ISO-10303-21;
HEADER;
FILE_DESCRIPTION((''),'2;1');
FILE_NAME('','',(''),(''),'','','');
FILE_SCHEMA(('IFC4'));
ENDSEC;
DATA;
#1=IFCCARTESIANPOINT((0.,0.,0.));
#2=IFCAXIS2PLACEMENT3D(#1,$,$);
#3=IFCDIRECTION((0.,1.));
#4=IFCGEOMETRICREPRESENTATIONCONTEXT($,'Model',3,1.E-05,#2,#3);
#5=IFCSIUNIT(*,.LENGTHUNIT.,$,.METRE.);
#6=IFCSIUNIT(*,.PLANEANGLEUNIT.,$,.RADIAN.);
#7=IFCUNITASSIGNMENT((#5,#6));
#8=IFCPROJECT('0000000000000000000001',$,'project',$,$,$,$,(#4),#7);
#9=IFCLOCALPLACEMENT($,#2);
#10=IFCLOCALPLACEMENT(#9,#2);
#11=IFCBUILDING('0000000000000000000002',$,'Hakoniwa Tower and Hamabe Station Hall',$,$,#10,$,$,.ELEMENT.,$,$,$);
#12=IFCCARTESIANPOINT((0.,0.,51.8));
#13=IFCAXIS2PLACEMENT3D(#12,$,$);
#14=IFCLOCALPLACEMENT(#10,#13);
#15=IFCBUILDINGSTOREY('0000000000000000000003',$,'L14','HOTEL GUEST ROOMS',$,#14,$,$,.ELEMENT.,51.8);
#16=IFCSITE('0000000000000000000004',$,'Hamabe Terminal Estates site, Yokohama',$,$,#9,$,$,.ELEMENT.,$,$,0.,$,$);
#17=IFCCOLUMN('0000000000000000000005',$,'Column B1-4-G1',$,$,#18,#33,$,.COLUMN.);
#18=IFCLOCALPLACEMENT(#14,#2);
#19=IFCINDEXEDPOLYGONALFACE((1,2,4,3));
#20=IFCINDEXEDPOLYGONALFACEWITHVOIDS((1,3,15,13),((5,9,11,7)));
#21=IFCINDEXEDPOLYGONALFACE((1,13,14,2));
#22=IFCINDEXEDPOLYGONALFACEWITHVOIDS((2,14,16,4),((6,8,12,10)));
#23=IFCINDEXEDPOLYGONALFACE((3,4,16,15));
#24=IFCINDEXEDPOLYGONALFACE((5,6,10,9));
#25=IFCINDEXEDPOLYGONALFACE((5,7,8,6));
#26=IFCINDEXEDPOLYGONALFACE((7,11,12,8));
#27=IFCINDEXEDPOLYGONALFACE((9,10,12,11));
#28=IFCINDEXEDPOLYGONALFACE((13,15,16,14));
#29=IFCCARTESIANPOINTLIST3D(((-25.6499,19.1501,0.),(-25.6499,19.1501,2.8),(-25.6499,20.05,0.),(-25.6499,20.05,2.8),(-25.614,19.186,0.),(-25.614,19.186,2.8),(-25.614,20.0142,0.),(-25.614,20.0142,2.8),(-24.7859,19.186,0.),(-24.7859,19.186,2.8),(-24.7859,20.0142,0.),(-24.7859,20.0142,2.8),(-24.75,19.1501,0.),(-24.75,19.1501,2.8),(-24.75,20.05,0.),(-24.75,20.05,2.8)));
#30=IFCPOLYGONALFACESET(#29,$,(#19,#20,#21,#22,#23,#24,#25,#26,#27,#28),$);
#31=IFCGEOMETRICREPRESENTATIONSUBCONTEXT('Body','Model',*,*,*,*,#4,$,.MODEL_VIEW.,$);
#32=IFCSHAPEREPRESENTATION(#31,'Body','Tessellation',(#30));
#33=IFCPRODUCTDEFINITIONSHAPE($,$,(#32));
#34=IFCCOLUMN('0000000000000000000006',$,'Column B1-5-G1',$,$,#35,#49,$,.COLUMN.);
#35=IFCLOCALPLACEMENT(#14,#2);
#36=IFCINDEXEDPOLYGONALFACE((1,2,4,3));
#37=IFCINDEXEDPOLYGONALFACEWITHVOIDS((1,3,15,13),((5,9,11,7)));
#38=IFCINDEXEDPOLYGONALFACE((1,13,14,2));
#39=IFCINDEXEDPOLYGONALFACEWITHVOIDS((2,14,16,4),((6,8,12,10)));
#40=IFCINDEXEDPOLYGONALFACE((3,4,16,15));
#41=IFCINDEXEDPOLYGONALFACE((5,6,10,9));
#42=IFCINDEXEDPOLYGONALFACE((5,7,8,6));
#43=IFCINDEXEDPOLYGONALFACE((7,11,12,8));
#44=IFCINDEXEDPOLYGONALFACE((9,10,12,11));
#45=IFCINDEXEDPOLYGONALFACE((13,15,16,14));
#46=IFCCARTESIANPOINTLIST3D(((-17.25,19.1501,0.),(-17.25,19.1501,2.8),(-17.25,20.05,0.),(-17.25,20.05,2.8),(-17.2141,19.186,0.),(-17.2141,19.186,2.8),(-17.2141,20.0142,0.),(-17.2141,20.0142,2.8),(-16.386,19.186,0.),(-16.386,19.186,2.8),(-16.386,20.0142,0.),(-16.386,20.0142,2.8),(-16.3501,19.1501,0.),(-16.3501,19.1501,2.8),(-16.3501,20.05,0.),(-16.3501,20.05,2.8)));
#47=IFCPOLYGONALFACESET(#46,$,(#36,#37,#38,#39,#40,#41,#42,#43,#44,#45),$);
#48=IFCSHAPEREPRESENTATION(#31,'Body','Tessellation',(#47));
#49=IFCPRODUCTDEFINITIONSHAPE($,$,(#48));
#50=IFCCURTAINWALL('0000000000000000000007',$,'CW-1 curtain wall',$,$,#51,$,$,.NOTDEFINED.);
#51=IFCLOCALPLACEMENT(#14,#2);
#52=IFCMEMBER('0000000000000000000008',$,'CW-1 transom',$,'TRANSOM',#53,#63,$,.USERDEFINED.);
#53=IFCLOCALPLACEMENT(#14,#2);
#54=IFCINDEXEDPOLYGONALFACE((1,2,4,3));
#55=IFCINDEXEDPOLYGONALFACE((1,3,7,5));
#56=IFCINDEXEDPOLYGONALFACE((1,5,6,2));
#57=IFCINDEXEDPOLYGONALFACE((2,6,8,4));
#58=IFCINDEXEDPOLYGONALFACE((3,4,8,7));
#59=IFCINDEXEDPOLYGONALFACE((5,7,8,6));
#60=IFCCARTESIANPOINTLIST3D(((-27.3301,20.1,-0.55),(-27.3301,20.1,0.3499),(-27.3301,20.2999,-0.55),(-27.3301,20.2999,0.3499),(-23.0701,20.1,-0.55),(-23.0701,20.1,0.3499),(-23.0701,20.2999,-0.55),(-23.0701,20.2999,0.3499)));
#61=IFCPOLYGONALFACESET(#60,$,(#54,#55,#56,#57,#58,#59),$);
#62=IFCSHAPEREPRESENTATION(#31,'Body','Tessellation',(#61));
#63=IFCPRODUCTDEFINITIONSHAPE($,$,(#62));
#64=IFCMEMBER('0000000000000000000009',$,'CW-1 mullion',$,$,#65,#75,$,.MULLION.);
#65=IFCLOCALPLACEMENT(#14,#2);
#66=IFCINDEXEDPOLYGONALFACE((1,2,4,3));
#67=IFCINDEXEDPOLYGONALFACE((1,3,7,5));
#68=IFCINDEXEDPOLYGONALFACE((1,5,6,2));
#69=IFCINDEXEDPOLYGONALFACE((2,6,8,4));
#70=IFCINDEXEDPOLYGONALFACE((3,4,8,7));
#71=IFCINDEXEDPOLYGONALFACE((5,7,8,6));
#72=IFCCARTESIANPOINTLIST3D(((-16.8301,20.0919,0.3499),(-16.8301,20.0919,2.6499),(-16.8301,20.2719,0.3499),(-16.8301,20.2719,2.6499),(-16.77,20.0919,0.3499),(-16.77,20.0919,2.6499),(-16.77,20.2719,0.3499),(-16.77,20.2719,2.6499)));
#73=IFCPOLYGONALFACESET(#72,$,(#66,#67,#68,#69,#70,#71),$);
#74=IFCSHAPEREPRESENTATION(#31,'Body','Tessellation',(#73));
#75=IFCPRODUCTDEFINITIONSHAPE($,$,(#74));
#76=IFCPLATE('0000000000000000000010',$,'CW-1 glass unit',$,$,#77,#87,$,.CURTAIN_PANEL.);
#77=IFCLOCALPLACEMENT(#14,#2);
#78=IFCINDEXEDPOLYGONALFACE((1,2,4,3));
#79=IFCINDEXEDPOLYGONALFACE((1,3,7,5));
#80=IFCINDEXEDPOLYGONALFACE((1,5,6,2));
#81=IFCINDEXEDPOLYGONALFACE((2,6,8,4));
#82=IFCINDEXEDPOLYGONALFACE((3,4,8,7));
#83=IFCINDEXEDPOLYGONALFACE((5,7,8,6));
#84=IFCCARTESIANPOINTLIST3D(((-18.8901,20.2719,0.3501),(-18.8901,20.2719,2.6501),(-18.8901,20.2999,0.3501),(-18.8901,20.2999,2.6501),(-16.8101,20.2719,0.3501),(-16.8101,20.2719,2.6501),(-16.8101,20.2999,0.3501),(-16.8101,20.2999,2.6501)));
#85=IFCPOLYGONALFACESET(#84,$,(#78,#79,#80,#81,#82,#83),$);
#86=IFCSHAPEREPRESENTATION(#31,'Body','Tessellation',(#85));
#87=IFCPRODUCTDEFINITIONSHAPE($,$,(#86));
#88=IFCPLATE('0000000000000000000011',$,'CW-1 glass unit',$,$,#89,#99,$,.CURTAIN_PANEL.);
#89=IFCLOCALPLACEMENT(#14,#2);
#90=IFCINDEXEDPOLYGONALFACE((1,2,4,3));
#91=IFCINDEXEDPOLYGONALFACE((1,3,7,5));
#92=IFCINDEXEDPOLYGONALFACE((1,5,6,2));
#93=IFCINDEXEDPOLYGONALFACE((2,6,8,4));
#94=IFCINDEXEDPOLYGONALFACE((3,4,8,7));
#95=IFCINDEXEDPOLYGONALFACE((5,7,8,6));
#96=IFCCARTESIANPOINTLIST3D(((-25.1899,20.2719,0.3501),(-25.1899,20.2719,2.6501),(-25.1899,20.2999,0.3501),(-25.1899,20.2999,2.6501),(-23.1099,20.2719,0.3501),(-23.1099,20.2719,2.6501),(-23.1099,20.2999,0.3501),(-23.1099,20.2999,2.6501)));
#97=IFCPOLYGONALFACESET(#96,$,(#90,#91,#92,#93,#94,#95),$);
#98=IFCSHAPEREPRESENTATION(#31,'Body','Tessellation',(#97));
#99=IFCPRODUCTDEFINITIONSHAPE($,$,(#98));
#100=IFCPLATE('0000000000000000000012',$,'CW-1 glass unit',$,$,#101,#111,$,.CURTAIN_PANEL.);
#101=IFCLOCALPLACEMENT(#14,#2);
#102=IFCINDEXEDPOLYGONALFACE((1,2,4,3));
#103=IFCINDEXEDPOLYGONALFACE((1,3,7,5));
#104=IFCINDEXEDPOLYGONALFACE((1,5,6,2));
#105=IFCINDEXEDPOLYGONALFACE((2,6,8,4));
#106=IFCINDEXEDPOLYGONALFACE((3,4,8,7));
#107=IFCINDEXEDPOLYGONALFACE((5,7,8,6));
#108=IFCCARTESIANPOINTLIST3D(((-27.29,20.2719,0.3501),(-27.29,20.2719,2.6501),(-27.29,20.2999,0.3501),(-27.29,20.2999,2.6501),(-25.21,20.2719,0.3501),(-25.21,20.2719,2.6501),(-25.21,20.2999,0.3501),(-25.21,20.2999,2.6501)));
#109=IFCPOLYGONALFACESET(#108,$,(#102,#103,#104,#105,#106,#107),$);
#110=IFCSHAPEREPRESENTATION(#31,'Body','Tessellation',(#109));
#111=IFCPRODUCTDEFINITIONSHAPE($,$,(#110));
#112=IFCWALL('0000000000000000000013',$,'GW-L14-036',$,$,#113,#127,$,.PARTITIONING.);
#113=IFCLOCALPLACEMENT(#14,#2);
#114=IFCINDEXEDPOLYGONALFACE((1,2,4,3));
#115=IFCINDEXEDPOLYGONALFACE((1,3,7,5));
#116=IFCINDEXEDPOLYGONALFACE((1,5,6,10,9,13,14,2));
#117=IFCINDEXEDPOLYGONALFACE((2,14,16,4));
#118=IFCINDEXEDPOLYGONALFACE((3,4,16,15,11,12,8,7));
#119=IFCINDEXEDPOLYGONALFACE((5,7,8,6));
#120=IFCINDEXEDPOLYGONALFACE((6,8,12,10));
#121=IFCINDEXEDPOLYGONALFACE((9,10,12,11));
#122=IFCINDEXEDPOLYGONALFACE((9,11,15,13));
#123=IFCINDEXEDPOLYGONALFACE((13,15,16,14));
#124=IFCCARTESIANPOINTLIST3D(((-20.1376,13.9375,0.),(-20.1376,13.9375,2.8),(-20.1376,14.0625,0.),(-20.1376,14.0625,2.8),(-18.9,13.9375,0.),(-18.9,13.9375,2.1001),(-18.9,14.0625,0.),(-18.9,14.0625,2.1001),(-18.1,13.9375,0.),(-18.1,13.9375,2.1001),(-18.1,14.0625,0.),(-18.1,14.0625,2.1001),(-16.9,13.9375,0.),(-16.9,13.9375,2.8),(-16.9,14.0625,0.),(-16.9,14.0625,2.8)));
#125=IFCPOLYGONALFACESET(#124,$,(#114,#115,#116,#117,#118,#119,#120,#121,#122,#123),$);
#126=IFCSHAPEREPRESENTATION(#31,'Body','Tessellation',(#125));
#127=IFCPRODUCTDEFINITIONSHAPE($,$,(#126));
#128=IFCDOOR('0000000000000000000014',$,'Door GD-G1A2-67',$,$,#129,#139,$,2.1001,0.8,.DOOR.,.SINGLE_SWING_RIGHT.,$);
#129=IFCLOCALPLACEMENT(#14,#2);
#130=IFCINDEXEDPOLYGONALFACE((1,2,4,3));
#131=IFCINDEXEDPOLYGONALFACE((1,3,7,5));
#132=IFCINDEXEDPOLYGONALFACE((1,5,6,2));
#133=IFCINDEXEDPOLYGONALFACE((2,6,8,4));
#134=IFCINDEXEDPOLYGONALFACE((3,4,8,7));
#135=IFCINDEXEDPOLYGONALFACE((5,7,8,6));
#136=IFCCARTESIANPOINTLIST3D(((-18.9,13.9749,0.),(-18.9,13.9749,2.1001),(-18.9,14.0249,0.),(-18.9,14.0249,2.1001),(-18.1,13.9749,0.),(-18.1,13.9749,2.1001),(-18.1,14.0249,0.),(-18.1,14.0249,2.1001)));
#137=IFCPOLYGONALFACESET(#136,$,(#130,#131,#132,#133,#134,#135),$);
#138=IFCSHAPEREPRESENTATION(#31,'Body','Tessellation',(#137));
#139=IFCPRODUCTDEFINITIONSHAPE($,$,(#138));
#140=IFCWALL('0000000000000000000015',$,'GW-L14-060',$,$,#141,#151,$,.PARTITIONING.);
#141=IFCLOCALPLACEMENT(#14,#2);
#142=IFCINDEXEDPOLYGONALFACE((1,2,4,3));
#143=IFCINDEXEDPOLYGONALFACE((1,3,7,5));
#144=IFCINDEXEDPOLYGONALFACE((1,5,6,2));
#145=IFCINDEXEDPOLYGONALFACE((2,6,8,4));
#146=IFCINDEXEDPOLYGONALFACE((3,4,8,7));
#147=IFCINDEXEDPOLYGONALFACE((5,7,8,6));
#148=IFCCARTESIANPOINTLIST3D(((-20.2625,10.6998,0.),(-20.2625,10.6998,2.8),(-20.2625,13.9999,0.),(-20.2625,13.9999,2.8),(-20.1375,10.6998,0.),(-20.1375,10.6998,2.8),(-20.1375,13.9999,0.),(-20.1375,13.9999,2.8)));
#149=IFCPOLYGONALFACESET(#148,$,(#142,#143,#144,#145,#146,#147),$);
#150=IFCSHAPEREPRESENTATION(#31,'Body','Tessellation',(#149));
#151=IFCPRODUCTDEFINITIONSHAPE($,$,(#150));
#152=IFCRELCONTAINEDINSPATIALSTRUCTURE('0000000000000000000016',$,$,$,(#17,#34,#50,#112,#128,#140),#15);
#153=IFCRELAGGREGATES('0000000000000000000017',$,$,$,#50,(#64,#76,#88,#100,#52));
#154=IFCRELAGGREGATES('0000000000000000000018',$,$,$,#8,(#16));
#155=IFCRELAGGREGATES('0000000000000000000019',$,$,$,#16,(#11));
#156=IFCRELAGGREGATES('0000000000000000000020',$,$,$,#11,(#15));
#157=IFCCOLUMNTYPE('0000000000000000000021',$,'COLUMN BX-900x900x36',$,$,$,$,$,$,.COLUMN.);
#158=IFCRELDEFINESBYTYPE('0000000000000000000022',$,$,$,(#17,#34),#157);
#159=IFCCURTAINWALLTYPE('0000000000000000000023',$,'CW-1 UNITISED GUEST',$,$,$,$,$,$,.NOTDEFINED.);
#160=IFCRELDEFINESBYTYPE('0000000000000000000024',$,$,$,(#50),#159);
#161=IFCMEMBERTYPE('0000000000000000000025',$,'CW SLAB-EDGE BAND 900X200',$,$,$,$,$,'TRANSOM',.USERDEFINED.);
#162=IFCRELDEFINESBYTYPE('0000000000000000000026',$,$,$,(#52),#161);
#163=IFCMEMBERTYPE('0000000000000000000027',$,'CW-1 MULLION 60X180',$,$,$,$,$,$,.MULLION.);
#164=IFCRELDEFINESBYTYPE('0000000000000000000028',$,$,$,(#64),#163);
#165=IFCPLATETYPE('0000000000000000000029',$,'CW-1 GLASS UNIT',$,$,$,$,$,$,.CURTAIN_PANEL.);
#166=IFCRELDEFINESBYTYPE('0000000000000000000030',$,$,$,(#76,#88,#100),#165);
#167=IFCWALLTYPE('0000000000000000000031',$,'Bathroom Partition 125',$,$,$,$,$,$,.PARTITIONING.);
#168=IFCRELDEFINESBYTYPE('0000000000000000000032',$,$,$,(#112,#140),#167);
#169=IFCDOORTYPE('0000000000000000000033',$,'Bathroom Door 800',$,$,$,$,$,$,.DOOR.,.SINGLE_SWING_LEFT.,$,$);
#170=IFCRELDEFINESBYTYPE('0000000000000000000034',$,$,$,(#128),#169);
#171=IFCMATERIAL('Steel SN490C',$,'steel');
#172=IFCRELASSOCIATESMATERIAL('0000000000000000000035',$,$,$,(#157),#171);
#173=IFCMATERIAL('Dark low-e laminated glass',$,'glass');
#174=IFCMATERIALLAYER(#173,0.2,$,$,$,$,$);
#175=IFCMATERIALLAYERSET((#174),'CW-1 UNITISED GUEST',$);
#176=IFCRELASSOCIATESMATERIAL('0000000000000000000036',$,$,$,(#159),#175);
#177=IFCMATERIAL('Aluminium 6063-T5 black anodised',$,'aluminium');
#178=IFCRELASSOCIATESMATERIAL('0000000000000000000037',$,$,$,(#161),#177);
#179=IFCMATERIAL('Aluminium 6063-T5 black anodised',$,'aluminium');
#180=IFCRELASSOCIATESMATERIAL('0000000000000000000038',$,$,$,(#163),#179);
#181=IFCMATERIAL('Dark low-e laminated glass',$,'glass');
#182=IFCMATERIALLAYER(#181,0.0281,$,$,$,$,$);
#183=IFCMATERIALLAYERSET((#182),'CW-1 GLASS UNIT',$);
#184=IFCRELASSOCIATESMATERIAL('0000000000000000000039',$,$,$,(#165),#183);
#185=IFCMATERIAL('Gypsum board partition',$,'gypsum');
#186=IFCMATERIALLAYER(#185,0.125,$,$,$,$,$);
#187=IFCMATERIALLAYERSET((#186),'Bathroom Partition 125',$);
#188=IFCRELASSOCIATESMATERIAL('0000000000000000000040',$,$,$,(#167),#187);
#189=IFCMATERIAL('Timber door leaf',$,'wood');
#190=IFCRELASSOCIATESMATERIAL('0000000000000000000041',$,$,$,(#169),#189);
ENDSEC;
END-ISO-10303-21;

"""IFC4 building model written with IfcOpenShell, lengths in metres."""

from ifc_helpers import new_model, si_unit, direction, frame, frame_2d, origin, origin_2d, place, context, subcontext, project, spatial, rectangle, hollow_rectangle, extrude, material, layer, layer_set, material_profile, profile_set, type_object, element, fill, aggregate, save


model = new_model("IFC4")

# Units and contexts
model_context = context("Model", 3, precision=1e-05, world=origin(), true_north=direction((0.0, 1.0)))
body_context = subcontext(model_context, "Body", "Model", "MODEL_VIEW")
ifc_project = project(units=[si_unit("LENGTHUNIT", "METRE"), si_unit("PLANEANGLEUNIT", "RADIAN")], contexts=[model_context])

# Site, building, storey
site_placement = place(None, origin())
site = spatial("IfcSite", under=ifc_project, at=site_placement, Name="Hamabe Terminal Estates site, Yokohama", CompositionType="ELEMENT", RefElevation=0.0)
building_placement = place(site_placement, origin())
building = spatial("IfcBuilding", under=site, at=building_placement, Name="Hakoniwa Tower and Hamabe Station Hall", CompositionType="ELEMENT")
storey_placement = place(building_placement, frame((0.0, 0.0, 51.8)))
storey = spatial("IfcBuildingStorey", under=building, at=storey_placement, Name="L14", Description="HOTEL GUEST ROOMS", CompositionType="ELEMENT", Elevation=51.8)

# Columns
ifc_material_1 = material(Name="Steel SN490C", Category="steel")
ifc_material_profile_1 = material_profile(ifc_material_1, hollow_rectangle(XDim=0.8999, YDim=0.8999, WallThickness=0.0359, at=origin_2d()), Name="BX-900x900x36")
ifc_profile_set_1 = profile_set([ifc_material_profile_1], Name="Steel SN490C")
column_type = type_object("IfcColumnType", Name="COLUMN BX-900x900x36", PredefinedType="COLUMN", material=ifc_profile_set_1)
for number, where, z_axis, x_axis, name in (
    (1, (-25.2, 19.6001, 0.0), (0.0, 0.0, 1.0), (1.0, 0.0, 0.0), "Column B1-4-G1"),
    (2, (-16.8, 19.6001, 0.0), (0.0, 0.0, 1.0), (1.0, 0.0, 0.0), "Column B1-5-G1"),
):
    element("IfcColumn", number, at=place(storey_placement, frame(where, z_axis=z_axis, x_axis=x_axis)), inside=storey, type_object=column_type, Name=name, PredefinedType="COLUMN", context=body_context, shape_type="SweptSolid", body=[
        extrude(hollow_rectangle(XDim=0.8999, YDim=0.8999, WallThickness=0.0359, at=origin_2d()), origin(), (0.0, 0.0, 1.0), 2.8),
    ])

# Curtain wall, members, plates
ifc_material_2 = material(Name="Dark low-e laminated glass", Category="glass")
ifc_layer_1 = layer(ifc_material_2, 0.2)
ifc_layer_set_1 = layer_set([ifc_layer_1], Name="CW-1 UNITISED GUEST")
curtain_wall_type = type_object("IfcCurtainWallType", Name="CW-1 UNITISED GUEST", PredefinedType="NOTDEFINED", material=ifc_layer_set_1)
curtain_wall_placement = place(storey_placement, origin())
curtain_wall = element("IfcCurtainWall", 3, at=curtain_wall_placement, inside=storey, type_object=curtain_wall_type, Name="CW-1 curtain wall", PredefinedType="NOTDEFINED")
ifc_material_3 = material(Name="Aluminium 6063-T5 black anodised", Category="aluminium")
ifc_material_profile_2 = material_profile(ifc_material_3, rectangle(XDim=0.2, YDim=0.8999, at=origin_2d()), Name="CW SLAB-EDGE BAND 900X200")
ifc_profile_set_2 = profile_set([ifc_material_profile_2], Name="Aluminium 6063-T5 black anodised")
member_type_1 = type_object("IfcMemberType", Name="CW SLAB-EDGE BAND 900X200", ElementType="TRANSOM", PredefinedType="USERDEFINED", material=ifc_profile_set_2)
member_1_placement = place(storey_placement, frame((-23.0701, 20.2, -0.1001), z_axis=(-1.0, 0.0, 0.0), x_axis=(0.0, -1.0, 0.0)))
member_1 = element("IfcMember", 4, at=member_1_placement, type_object=member_type_1, Name="CW-1 transom", ObjectType="TRANSOM", PredefinedType="USERDEFINED", context=body_context, shape_type="SweptSolid", body=[
    extrude(rectangle(XDim=0.2, YDim=0.8999, at=origin_2d()), origin(), (0.0, 0.0, 1.0), 4.26),
])
ifc_material_4 = material(Name="Aluminium 6063-T5 black anodised", Category="aluminium")
ifc_material_profile_3 = material_profile(ifc_material_4, rectangle(XDim=0.0601, YDim=0.1799, at=origin_2d()), Name="CW-1 MULLION 60X180")
ifc_profile_set_3 = profile_set([ifc_material_profile_3], Name="Aluminium 6063-T5 black anodised")
member_type_2 = type_object("IfcMemberType", Name="CW-1 MULLION 60X180", PredefinedType="MULLION", material=ifc_profile_set_3)
member_2_placement = place(storey_placement, frame((-16.8, 20.1819, 0.3499), z_axis=(0.0, 0.0, 1.0), x_axis=(-1.0, 0.0, 0.0)))
member_2 = element("IfcMember", 5, at=member_2_placement, type_object=member_type_2, Name="CW-1 mullion", PredefinedType="MULLION", context=body_context, shape_type="SweptSolid", body=[
    extrude(rectangle(XDim=0.0601, YDim=0.1799, at=origin_2d()), origin(), (0.0, 0.0, 1.0), 2.3),
])
ifc_material_5 = material(Name="Dark low-e laminated glass", Category="glass")
ifc_layer_2 = layer(ifc_material_5, 0.0281)
ifc_layer_set_2 = layer_set([ifc_layer_2], Name="CW-1 GLASS UNIT")
plate_type = type_object("IfcPlateType", Name="CW-1 GLASS UNIT", PredefinedType="CURTAIN_PANEL", material=ifc_layer_set_2)
plate_1_placement = place(storey_placement, frame((-17.8501, 20.2859, 0.3501), z_axis=(0.0, 0.0, 1.0), x_axis=(-1.0, 0.0, 0.0)))
plate_1 = element("IfcPlate", 6, at=plate_1_placement, type_object=plate_type, Name="CW-1 glass unit", PredefinedType="CURTAIN_PANEL", context=body_context, shape_type="SweptSolid", body=[
    extrude(rectangle(XDim=2.0801, YDim=0.0281, at=origin_2d()), origin(), (0.0, 0.0, 1.0), 2.3),
])
plate_2_placement = place(storey_placement, frame((-24.1499, 20.2859, 0.3501), z_axis=(0.0, 0.0, 1.0), x_axis=(-1.0, 0.0, 0.0)))
plate_2 = element("IfcPlate", 7, at=plate_2_placement, type_object=plate_type, Name="CW-1 glass unit", PredefinedType="CURTAIN_PANEL", context=body_context, shape_type="SweptSolid", body=[
    extrude(rectangle(XDim=2.0801, YDim=0.0281, at=origin_2d()), origin(), (0.0, 0.0, 1.0), 2.3),
])
plate_3_placement = place(storey_placement, frame((-26.25, 20.2859, 0.3501), z_axis=(0.0, 0.0, 1.0), x_axis=(-1.0, 0.0, 0.0)))
plate_3 = element("IfcPlate", 8, at=plate_3_placement, type_object=plate_type, Name="CW-1 glass unit", PredefinedType="CURTAIN_PANEL", context=body_context, shape_type="SweptSolid", body=[
    extrude(rectangle(XDim=2.0801, YDim=0.0281, at=origin_2d()), origin(), (0.0, 0.0, 1.0), 2.3),
])

# Wall, opening, door
ifc_material_6 = material(Name="Gypsum board partition", Category="gypsum")
ifc_layer_3 = layer(ifc_material_6, 0.125)
ifc_layer_set_3 = layer_set([ifc_layer_3], Name="Bathroom Partition 125")
wall_type_1 = type_object("IfcWallType", Name="Bathroom Partition 125", PredefinedType="PARTITIONING", material=ifc_layer_set_3)
wall_1_placement = place(storey_placement, frame((-20.1375, 14.0, 0.0), z_axis=(0.0, 0.0, 1.0), x_axis=(1.0, 0.0, 0.0)))
wall_1 = element("IfcWall", 9, at=wall_1_placement, inside=storey, type_object=wall_type_1, Name="GW-L14-036", PredefinedType="PARTITIONING", context=body_context, shape_type="SweptSolid", body=[
    extrude(rectangle(XDim=3.2375, YDim=0.125, at=frame_2d((1.6187, 0.0))), origin(), (0.0, 0.0, 1.0), 2.8),
])
opening_1_placement = place(wall_1_placement, frame((1.2375, 0.0, 0.0)))
opening_1 = element("IfcOpeningElement", 10, at=opening_1_placement, cuts=wall_1, PredefinedType="OPENING", context=body_context, shape_type="SweptSolid", body=[
    extrude(rectangle(XDim=0.8, YDim=2.1001, at=frame_2d((0.3999, 1.05))), frame((0.0, 0.0725, 0.0), z_axis=(0.0, -1.0, 0.0), x_axis=(1.0, 0.0, 0.0)), (0.0, 0.0, 1.0), 0.145),
])
ifc_material_7 = material(Name="Timber door leaf", Category="wood")
door_type_1 = type_object("IfcDoorType", Name="Bathroom Door 800", OperationType="SINGLE_SWING_LEFT", PredefinedType="DOOR", material=ifc_material_7)
door_1_placement = place(opening_1_placement, origin())
door_1 = element("IfcDoor", 11, at=door_1_placement, inside=storey, type_object=door_type_1, Name="Door GD-G1A2-67", OperationType="SINGLE_SWING_RIGHT", OverallHeight=2.1001, OverallWidth=0.8, PredefinedType="DOOR", context=body_context, shape_type="SweptSolid", body=[
    extrude(rectangle(XDim=0.8, YDim=2.1001, at=frame_2d((0.3999, 1.05))), frame((0.0, 0.0249, 0.0), z_axis=(0.0, -1.0, 0.0), x_axis=(1.0, 0.0, 0.0)), (0.0, 0.0, 1.0), 0.05),
])
fill(opening_1, door_1)

# Wall
wall_2_placement = place(storey_placement, frame((-20.2, 10.7, 0.0), z_axis=(0.0, 0.0, 1.0), x_axis=(0.0, 1.0, 0.0)))
element("IfcWall", 12, at=wall_2_placement, inside=storey, type_object=wall_type_1, Name="GW-L14-060", PredefinedType="PARTITIONING", context=body_context, shape_type="SweptSolid", body=[
    extrude(rectangle(XDim=3.3, YDim=0.125, at=frame_2d((1.6499, 0.0))), origin(), (0.0, 0.0, 1.0), 2.8),
])

aggregate(curtain_wall, [member_2, plate_1, plate_2, plate_3, member_1])

save(model, "model.ifc")
